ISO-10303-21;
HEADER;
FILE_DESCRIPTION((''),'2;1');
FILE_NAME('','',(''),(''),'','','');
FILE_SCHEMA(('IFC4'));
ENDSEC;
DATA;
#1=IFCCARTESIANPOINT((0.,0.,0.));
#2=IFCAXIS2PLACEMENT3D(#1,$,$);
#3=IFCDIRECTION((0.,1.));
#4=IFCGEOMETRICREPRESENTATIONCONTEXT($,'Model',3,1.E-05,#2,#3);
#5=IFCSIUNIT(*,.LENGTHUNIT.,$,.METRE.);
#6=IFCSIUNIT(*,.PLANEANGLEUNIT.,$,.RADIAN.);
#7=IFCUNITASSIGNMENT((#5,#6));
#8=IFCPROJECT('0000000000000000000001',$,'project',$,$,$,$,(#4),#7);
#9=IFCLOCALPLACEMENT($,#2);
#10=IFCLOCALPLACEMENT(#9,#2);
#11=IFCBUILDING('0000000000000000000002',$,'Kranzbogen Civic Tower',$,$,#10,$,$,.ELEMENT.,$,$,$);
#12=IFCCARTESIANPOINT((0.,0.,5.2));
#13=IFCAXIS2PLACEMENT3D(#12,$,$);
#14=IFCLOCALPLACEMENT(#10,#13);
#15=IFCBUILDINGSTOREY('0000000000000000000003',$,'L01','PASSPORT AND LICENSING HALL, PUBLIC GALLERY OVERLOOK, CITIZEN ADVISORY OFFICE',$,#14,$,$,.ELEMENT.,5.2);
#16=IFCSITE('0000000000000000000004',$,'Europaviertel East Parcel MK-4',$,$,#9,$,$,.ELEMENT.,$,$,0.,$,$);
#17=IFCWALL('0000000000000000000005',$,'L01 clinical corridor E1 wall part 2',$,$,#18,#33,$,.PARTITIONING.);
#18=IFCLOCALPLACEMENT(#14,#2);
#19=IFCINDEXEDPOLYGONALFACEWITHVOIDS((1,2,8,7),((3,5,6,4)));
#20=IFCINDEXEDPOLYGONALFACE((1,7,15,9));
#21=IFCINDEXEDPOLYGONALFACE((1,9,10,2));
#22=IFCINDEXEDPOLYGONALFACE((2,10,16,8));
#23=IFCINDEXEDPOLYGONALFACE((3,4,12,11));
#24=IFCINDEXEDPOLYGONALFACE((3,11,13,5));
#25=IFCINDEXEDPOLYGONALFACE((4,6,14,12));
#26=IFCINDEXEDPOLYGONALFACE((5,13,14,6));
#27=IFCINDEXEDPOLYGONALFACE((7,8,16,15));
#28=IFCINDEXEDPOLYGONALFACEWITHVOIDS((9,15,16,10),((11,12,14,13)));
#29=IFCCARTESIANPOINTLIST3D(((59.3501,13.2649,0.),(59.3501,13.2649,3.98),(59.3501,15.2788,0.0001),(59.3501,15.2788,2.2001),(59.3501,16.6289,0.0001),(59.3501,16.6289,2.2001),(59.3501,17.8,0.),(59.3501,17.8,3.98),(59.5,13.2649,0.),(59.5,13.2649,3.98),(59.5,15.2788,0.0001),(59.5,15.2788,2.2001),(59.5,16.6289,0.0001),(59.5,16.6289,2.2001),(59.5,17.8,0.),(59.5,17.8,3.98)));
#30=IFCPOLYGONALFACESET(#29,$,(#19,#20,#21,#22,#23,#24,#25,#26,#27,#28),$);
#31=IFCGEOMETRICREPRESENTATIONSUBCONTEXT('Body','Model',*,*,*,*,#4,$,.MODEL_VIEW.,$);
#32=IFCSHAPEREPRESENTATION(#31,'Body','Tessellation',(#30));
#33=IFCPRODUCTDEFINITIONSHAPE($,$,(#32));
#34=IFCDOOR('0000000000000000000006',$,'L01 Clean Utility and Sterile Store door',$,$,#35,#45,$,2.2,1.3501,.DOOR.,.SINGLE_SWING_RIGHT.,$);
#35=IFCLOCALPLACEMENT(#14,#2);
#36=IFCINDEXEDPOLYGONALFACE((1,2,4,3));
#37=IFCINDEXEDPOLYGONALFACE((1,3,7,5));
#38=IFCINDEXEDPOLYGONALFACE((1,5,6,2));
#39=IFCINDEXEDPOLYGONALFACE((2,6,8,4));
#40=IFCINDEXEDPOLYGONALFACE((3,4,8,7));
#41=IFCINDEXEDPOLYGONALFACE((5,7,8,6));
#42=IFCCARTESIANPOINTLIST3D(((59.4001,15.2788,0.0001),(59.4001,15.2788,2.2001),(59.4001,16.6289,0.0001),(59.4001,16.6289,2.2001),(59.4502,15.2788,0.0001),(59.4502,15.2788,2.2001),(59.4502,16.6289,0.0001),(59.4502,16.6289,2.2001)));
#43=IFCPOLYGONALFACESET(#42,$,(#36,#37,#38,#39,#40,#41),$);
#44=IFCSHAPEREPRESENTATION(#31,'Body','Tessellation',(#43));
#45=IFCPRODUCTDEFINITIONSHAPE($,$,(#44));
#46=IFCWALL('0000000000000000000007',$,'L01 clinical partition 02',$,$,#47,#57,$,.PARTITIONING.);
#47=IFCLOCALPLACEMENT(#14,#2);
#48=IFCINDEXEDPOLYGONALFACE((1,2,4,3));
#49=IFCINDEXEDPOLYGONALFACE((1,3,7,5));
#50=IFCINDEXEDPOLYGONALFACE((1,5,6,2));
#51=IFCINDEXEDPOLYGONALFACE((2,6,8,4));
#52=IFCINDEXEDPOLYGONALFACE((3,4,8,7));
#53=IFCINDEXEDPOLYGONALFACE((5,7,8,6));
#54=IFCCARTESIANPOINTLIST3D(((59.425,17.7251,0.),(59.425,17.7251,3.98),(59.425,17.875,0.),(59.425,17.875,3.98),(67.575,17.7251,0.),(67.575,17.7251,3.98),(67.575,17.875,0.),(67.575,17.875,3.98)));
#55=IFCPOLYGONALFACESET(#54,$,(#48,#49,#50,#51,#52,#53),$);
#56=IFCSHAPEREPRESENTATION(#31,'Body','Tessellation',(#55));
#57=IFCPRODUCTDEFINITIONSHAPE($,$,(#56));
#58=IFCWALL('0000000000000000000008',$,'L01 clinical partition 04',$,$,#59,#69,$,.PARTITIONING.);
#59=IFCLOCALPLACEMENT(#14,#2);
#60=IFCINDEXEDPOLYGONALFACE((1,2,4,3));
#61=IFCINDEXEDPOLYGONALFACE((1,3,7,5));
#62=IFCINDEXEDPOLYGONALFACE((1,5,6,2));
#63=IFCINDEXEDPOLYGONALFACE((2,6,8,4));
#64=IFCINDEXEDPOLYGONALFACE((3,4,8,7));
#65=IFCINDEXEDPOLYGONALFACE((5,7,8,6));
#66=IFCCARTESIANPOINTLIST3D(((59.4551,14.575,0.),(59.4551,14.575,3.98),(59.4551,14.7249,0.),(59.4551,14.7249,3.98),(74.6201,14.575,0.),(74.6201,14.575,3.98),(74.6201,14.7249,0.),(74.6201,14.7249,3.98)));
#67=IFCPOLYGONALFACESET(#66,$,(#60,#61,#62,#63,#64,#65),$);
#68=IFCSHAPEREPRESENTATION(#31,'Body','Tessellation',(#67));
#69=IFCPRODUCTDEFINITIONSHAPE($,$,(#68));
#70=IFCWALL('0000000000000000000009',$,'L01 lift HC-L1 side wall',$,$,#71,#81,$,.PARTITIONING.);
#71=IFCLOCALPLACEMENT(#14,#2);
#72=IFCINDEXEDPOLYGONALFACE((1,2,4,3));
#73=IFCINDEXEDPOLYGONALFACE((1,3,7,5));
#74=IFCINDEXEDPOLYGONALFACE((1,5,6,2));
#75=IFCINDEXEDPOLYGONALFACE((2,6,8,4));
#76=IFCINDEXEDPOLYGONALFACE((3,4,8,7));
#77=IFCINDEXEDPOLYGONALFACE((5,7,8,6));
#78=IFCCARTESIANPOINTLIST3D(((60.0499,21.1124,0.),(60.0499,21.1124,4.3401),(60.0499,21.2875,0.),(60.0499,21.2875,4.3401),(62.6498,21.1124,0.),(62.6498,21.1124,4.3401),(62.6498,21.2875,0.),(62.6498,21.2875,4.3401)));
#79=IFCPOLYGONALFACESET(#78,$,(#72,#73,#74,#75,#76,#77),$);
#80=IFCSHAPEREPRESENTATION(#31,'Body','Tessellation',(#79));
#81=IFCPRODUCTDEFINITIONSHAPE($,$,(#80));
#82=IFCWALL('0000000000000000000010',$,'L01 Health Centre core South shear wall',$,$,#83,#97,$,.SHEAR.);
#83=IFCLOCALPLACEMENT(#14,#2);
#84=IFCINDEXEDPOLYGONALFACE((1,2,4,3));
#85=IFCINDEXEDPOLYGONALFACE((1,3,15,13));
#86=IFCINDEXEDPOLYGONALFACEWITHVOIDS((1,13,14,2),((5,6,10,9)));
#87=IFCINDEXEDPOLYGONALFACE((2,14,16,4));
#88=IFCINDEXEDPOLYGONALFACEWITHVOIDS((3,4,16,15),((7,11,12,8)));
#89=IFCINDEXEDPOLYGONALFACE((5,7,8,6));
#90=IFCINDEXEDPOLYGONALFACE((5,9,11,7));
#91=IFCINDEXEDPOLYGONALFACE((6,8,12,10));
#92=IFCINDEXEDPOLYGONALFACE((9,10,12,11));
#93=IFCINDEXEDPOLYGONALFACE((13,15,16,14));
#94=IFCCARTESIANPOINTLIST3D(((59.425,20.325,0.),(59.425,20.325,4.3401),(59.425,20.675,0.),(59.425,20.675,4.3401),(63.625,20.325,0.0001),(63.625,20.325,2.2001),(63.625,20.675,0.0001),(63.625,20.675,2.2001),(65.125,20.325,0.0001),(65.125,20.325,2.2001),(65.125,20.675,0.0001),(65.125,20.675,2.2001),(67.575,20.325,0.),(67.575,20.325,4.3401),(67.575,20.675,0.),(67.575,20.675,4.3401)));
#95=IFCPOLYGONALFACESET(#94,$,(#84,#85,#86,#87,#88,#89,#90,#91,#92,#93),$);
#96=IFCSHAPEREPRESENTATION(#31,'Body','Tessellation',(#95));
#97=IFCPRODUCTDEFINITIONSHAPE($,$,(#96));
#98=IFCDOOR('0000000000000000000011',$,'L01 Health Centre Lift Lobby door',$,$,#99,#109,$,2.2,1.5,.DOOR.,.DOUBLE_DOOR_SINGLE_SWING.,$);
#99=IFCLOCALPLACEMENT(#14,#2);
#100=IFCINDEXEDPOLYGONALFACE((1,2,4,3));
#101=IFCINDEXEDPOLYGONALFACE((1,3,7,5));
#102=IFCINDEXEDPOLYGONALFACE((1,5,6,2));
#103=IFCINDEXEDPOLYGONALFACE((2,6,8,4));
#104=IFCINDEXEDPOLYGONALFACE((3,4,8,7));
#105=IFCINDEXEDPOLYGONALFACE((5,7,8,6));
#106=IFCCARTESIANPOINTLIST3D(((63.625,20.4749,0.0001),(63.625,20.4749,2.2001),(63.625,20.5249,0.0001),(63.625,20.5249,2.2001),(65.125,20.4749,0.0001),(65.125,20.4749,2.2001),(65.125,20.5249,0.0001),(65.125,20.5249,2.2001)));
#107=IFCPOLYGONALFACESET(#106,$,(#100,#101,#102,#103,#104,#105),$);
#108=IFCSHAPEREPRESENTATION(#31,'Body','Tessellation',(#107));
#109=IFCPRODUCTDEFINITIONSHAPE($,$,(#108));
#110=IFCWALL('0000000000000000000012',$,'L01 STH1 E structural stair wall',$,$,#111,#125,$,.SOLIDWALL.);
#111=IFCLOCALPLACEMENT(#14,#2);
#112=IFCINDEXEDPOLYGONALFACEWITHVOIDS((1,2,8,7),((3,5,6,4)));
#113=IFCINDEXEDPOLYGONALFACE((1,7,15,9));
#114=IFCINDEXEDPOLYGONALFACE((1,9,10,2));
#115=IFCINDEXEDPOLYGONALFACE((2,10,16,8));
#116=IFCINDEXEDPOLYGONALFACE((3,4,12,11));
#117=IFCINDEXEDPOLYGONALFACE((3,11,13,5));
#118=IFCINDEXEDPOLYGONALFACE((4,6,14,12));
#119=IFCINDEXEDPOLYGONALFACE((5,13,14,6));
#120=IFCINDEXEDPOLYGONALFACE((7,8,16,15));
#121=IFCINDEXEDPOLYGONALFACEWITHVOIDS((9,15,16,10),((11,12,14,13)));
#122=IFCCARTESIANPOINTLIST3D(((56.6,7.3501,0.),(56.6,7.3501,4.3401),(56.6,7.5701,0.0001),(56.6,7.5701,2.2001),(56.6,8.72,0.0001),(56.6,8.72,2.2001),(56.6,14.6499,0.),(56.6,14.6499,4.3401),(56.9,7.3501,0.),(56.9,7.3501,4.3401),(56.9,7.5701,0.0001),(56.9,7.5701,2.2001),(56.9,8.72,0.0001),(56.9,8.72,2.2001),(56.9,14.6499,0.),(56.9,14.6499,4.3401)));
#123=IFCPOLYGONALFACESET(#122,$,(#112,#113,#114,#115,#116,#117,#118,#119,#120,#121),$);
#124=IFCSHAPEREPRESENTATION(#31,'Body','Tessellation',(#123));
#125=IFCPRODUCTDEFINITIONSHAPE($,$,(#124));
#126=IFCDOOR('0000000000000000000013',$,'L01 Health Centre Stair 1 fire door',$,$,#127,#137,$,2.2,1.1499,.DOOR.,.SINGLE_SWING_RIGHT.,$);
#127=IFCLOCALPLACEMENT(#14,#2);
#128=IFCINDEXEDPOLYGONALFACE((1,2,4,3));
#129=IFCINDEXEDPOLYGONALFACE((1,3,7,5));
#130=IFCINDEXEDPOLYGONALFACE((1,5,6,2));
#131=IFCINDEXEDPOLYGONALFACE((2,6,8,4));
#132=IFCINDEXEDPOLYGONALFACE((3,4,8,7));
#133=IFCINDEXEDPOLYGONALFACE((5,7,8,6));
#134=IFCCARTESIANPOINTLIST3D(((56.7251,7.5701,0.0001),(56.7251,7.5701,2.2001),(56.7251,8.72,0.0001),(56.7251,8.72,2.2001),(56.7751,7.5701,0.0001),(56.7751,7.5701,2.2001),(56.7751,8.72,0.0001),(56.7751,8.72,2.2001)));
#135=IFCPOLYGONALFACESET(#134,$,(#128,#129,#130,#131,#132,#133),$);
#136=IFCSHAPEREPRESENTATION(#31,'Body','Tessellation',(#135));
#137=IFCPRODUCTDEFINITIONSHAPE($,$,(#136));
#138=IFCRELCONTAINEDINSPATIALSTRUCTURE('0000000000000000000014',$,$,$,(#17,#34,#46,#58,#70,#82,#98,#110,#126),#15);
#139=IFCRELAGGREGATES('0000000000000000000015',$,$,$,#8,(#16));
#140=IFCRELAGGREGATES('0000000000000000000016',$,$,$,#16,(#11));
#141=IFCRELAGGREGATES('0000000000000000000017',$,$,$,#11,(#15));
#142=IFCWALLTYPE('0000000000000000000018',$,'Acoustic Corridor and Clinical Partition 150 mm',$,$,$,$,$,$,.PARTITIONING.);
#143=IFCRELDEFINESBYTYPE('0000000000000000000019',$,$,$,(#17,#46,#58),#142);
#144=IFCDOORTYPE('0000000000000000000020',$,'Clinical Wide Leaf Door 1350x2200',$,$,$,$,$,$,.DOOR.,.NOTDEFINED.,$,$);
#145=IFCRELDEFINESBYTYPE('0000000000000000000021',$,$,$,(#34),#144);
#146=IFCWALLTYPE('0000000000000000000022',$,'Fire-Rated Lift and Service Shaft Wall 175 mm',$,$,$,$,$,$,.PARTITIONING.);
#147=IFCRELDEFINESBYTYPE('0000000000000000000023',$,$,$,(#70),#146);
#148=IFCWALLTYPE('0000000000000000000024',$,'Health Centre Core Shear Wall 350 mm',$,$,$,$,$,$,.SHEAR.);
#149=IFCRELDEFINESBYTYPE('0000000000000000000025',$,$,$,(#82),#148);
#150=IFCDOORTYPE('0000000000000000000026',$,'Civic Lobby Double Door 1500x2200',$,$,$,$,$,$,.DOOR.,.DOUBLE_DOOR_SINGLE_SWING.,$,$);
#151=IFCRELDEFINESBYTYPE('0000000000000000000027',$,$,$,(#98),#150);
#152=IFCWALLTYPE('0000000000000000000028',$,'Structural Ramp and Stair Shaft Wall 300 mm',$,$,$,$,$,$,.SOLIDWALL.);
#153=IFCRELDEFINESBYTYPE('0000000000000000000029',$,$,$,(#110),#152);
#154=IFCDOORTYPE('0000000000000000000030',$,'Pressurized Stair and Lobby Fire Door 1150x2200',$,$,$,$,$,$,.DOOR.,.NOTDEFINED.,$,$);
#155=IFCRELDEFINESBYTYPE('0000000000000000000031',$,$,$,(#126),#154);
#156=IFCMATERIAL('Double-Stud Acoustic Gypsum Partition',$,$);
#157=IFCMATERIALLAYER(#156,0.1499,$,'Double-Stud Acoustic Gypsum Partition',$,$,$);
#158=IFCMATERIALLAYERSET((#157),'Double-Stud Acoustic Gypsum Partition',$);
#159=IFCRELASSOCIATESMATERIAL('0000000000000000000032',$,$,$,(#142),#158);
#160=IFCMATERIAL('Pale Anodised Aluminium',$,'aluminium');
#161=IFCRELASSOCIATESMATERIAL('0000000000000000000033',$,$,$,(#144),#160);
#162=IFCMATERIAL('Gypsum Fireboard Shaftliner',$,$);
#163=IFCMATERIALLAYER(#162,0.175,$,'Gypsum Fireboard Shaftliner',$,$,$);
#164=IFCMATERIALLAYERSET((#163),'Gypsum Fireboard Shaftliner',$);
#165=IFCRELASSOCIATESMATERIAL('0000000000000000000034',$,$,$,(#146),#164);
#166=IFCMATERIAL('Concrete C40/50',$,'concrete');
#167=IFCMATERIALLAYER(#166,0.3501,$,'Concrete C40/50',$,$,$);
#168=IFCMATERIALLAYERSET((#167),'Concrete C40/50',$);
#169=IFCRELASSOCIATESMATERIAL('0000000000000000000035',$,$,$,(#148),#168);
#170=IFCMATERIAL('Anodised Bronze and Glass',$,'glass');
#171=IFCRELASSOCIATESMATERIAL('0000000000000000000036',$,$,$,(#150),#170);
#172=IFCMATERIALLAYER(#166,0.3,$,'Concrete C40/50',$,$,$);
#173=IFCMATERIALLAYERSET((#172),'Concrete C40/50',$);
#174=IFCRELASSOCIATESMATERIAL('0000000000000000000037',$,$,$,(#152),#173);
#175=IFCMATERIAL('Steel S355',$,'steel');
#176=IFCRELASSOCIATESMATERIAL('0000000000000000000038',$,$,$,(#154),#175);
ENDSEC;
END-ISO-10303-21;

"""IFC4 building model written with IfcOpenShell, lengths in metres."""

from ifc_helpers import new_model, si_unit, direction, frame, frame_2d, origin, place, context, subcontext, project, spatial, rectangle, extrude, material, layer, layer_set, type_object, element, fill, save


model = new_model("IFC4")

# Units and contexts
model_context = context("Model", 3, precision=1e-05, world=origin(), true_north=direction((0.0, 1.0)))
body_context = subcontext(model_context, "Body", "Model", "MODEL_VIEW")
ifc_project = project(units=[si_unit("LENGTHUNIT", "METRE"), si_unit("PLANEANGLEUNIT", "RADIAN")], contexts=[model_context])

# Site, building, storey
site_placement = place(None, origin())
site = spatial("IfcSite", under=ifc_project, at=site_placement, Name="Europaviertel East Parcel MK-4", CompositionType="ELEMENT", RefElevation=0.0)
building_placement = place(site_placement, origin())
building = spatial("IfcBuilding", under=site, at=building_placement, Name="Kranzbogen Civic Tower", CompositionType="ELEMENT")
storey_placement = place(building_placement, frame((0.0, 0.0, 5.2)))
storey = spatial("IfcBuildingStorey", under=building, at=storey_placement, Name="L01", Description="PASSPORT AND LICENSING HALL, PUBLIC GALLERY OVERLOOK, CITIZEN ADVISORY OFFICE", CompositionType="ELEMENT", Elevation=5.2)

# Shared definitions
ifc_material_1 = material(Name="Steel S355", Category="steel")
ifc_material_2 = material(Name="Concrete C40/50", Category="concrete")

# Wall, opening, door
ifc_material_3 = material(Name="Double-Stud Acoustic Gypsum Partition")
ifc_layer_1 = layer(ifc_material_3, 0.1499, Name="Double-Stud Acoustic Gypsum Partition")
ifc_layer_set_1 = layer_set([ifc_layer_1], Name="Double-Stud Acoustic Gypsum Partition")
wall_type_1 = type_object("IfcWallType", Name="Acoustic Corridor and Clinical Partition 150 mm", PredefinedType="PARTITIONING", material=ifc_layer_set_1)
ifc_material_4 = material(Name="Pale Anodised Aluminium", Category="aluminium")
door_type_1 = type_object("IfcDoorType", Name="Clinical Wide Leaf Door 1350x2200", OperationType="NOTDEFINED", PredefinedType="DOOR", material=ifc_material_4)
wall_1_placement = place(storey_placement, frame((59.425, 13.2649, 0.0), z_axis=(0.0, 0.0, 1.0), x_axis=(0.0, 1.0, 0.0)))
wall_1 = element("IfcWall", 1, at=wall_1_placement, inside=storey, type_object=wall_type_1, Name="L01 clinical corridor E1 wall part 2", PredefinedType="PARTITIONING", context=body_context, shape_type="SweptSolid", body=[
    extrude(rectangle(XDim=4.5352, YDim=0.1499, at=frame_2d((2.2676, 0.0))), origin(), (0.0, 0.0, 1.0), 3.98),
])
opening_1_placement = place(wall_1_placement, frame((2.0139, 0.0, 0.0)))
opening_1 = element("IfcOpeningElement", 2, at=opening_1_placement, cuts=wall_1, PredefinedType="OPENING", context=body_context, shape_type="SweptSolid", body=[
    extrude(rectangle(XDim=1.3501, YDim=2.2, at=frame_2d((0.675, 1.1001))), frame((0.0, 0.085, 0.0), z_axis=(0.0, -1.0, 0.0), x_axis=(1.0, 0.0, 0.0)), (0.0, 0.0, 1.0), 0.1699),
])
door_1_placement = place(opening_1_placement, origin())
door_1 = element("IfcDoor", 3, at=door_1_placement, inside=storey, type_object=door_type_1, Name="L01 Clean Utility and Sterile Store door", OperationType="SINGLE_SWING_RIGHT", OverallHeight=2.2, OverallWidth=1.3501, PredefinedType="DOOR", context=body_context, shape_type="SweptSolid", body=[
    extrude(rectangle(XDim=1.3501, YDim=2.2, at=frame_2d((0.675, 1.1001))), frame((0.0, 0.0249, 0.0), z_axis=(0.0, -1.0, 0.0), x_axis=(1.0, 0.0, 0.0)), (0.0, 0.0, 1.0), 0.05),
])
fill(opening_1, door_1)

# Walls
wall_2_placement = place(storey_placement, frame((59.425, 17.8, 0.0), z_axis=(0.0, 0.0, 1.0), x_axis=(1.0, 0.0, 0.0)))
element("IfcWall", 4, at=wall_2_placement, inside=storey, type_object=wall_type_1, Name="L01 clinical partition 02", PredefinedType="PARTITIONING", context=body_context, shape_type="SweptSolid", body=[
    extrude(rectangle(XDim=8.1499, YDim=0.1499, at=frame_2d((4.075, 0.0))), origin(), (0.0, 0.0, 1.0), 3.98),
])
wall_3_placement = place(storey_placement, frame((59.4551, 14.6499, 0.0), z_axis=(0.0, 0.0, 1.0), x_axis=(1.0, 0.0, 0.0)))
element("IfcWall", 5, at=wall_3_placement, inside=storey, type_object=wall_type_1, Name="L01 clinical partition 04", PredefinedType="PARTITIONING", context=body_context, shape_type="SweptSolid", body=[
    extrude(rectangle(XDim=15.165, YDim=0.1499, at=frame_2d((7.5825, 0.0))), origin(), (0.0, 0.0, 1.0), 3.98),
])
ifc_material_5 = material(Name="Gypsum Fireboard Shaftliner")
ifc_layer_2 = layer(ifc_material_5, 0.175, Name="Gypsum Fireboard Shaftliner")
ifc_layer_set_2 = layer_set([ifc_layer_2], Name="Gypsum Fireboard Shaftliner")
wall_type_2 = type_object("IfcWallType", Name="Fire-Rated Lift and Service Shaft Wall 175 mm", PredefinedType="PARTITIONING", material=ifc_layer_set_2)
wall_4_placement = place(storey_placement, frame((60.05, 21.2, 0.0), z_axis=(0.0, 0.0, 1.0), x_axis=(1.0, 0.0, 0.0)))
element("IfcWall", 6, at=wall_4_placement, inside=storey, type_object=wall_type_2, Name="L01 lift HC-L1 side wall", PredefinedType="PARTITIONING", context=body_context, shape_type="SweptSolid", body=[
    extrude(rectangle(XDim=2.5999, YDim=0.175, at=frame_2d((1.2998, 0.0))), origin(), (0.0, 0.0, 1.0), 4.3401),
])

# Walls, openings, doors
ifc_layer_3 = layer(ifc_material_2, 0.3501, Name="Concrete C40/50")
ifc_layer_set_3 = layer_set([ifc_layer_3], Name="Concrete C40/50")
wall_type_3 = type_object("IfcWallType", Name="Health Centre Core Shear Wall 350 mm", PredefinedType="SHEAR", material=ifc_layer_set_3)
wall_5_placement = place(storey_placement, frame((59.425, 20.5, 0.0), z_axis=(0.0, 0.0, 1.0), x_axis=(1.0, 0.0, 0.0)))
wall_5 = element("IfcWall", 7, at=wall_5_placement, inside=storey, type_object=wall_type_3, Name="L01 Health Centre core South shear wall", PredefinedType="SHEAR", context=body_context, shape_type="SweptSolid", body=[
    extrude(rectangle(XDim=8.1499, YDim=0.3501, at=frame_2d((4.075, 0.0))), origin(), (0.0, 0.0, 1.0), 4.3401),
])
opening_2_placement = place(wall_5_placement, frame((4.2, 0.0, 0.0)))
opening_2 = element("IfcOpeningElement", 8, at=opening_2_placement, cuts=wall_5, PredefinedType="OPENING", context=body_context, shape_type="SweptSolid", body=[
    extrude(rectangle(XDim=1.5, YDim=2.2, at=frame_2d((0.75, 1.1001))), frame((0.0, 0.1851, 0.0), z_axis=(0.0, -1.0, 0.0), x_axis=(1.0, 0.0, 0.0)), (0.0, 0.0, 1.0), 0.3701),
])
ifc_material_6 = material(Name="Anodised Bronze and Glass", Category="glass")
door_type_2 = type_object("IfcDoorType", Name="Civic Lobby Double Door 1500x2200", OperationType="DOUBLE_DOOR_SINGLE_SWING", PredefinedType="DOOR", material=ifc_material_6)
door_2_placement = place(opening_2_placement, origin())
door_2 = element("IfcDoor", 9, at=door_2_placement, inside=storey, type_object=door_type_2, Name="L01 Health Centre Lift Lobby door", OperationType="DOUBLE_DOOR_SINGLE_SWING", OverallHeight=2.2, OverallWidth=1.5, PredefinedType="DOOR", context=body_context, shape_type="SweptSolid", body=[
    extrude(rectangle(XDim=1.5, YDim=2.2, at=frame_2d((0.75, 1.1001))), frame((0.0, 0.0249, 0.0), z_axis=(0.0, -1.0, 0.0), x_axis=(1.0, 0.0, 0.0)), (0.0, 0.0, 1.0), 0.05),
])
fill(opening_2, door_2)
ifc_layer_4 = layer(ifc_material_2, 0.3, Name="Concrete C40/50")
ifc_layer_set_4 = layer_set([ifc_layer_4], Name="Concrete C40/50")
wall_type_4 = type_object("IfcWallType", Name="Structural Ramp and Stair Shaft Wall 300 mm", PredefinedType="SOLIDWALL", material=ifc_layer_set_4)
wall_6_placement = place(storey_placement, frame((56.75, 7.3501, 0.0), z_axis=(0.0, 0.0, 1.0), x_axis=(0.0, 1.0, 0.0)))
wall_6 = element("IfcWall", 10, at=wall_6_placement, inside=storey, type_object=wall_type_4, Name="L01 STH1 E structural stair wall", PredefinedType="SOLIDWALL", context=body_context, shape_type="SweptSolid", body=[
    extrude(rectangle(XDim=7.2998, YDim=0.3, at=frame_2d((3.6499, 0.0))), origin(), (0.0, 0.0, 1.0), 4.3401),
])
opening_3_placement = place(wall_6_placement, frame((0.22, 0.0, 0.0)))
opening_3 = element("IfcOpeningElement", 11, at=opening_3_placement, cuts=wall_6, PredefinedType="OPENING", context=body_context, shape_type="SweptSolid", body=[
    extrude(rectangle(XDim=1.1499, YDim=2.2, at=frame_2d((0.575, 1.1001))), frame((0.0, 0.1602, 0.0), z_axis=(0.0, -1.0, 0.0), x_axis=(1.0, 0.0, 0.0)), (0.0, 0.0, 1.0), 0.3201),
])
door_type_3 = type_object("IfcDoorType", Name="Pressurized Stair and Lobby Fire Door 1150x2200", OperationType="NOTDEFINED", PredefinedType="DOOR", material=ifc_material_1)
door_3_placement = place(opening_3_placement, origin())
door_3 = element("IfcDoor", 12, at=door_3_placement, inside=storey, type_object=door_type_3, Name="L01 Health Centre Stair 1 fire door", OperationType="SINGLE_SWING_RIGHT", OverallHeight=2.2, OverallWidth=1.1499, PredefinedType="DOOR", context=body_context, shape_type="SweptSolid", body=[
    extrude(rectangle(XDim=1.1499, YDim=2.2, at=frame_2d((0.575, 1.1001))), frame((0.0, 0.0249, 0.0), z_axis=(0.0, -1.0, 0.0), x_axis=(1.0, 0.0, 0.0)), (0.0, 0.0, 1.0), 0.05),
])
fill(opening_3, door_3)

save(model, "model.ifc")
